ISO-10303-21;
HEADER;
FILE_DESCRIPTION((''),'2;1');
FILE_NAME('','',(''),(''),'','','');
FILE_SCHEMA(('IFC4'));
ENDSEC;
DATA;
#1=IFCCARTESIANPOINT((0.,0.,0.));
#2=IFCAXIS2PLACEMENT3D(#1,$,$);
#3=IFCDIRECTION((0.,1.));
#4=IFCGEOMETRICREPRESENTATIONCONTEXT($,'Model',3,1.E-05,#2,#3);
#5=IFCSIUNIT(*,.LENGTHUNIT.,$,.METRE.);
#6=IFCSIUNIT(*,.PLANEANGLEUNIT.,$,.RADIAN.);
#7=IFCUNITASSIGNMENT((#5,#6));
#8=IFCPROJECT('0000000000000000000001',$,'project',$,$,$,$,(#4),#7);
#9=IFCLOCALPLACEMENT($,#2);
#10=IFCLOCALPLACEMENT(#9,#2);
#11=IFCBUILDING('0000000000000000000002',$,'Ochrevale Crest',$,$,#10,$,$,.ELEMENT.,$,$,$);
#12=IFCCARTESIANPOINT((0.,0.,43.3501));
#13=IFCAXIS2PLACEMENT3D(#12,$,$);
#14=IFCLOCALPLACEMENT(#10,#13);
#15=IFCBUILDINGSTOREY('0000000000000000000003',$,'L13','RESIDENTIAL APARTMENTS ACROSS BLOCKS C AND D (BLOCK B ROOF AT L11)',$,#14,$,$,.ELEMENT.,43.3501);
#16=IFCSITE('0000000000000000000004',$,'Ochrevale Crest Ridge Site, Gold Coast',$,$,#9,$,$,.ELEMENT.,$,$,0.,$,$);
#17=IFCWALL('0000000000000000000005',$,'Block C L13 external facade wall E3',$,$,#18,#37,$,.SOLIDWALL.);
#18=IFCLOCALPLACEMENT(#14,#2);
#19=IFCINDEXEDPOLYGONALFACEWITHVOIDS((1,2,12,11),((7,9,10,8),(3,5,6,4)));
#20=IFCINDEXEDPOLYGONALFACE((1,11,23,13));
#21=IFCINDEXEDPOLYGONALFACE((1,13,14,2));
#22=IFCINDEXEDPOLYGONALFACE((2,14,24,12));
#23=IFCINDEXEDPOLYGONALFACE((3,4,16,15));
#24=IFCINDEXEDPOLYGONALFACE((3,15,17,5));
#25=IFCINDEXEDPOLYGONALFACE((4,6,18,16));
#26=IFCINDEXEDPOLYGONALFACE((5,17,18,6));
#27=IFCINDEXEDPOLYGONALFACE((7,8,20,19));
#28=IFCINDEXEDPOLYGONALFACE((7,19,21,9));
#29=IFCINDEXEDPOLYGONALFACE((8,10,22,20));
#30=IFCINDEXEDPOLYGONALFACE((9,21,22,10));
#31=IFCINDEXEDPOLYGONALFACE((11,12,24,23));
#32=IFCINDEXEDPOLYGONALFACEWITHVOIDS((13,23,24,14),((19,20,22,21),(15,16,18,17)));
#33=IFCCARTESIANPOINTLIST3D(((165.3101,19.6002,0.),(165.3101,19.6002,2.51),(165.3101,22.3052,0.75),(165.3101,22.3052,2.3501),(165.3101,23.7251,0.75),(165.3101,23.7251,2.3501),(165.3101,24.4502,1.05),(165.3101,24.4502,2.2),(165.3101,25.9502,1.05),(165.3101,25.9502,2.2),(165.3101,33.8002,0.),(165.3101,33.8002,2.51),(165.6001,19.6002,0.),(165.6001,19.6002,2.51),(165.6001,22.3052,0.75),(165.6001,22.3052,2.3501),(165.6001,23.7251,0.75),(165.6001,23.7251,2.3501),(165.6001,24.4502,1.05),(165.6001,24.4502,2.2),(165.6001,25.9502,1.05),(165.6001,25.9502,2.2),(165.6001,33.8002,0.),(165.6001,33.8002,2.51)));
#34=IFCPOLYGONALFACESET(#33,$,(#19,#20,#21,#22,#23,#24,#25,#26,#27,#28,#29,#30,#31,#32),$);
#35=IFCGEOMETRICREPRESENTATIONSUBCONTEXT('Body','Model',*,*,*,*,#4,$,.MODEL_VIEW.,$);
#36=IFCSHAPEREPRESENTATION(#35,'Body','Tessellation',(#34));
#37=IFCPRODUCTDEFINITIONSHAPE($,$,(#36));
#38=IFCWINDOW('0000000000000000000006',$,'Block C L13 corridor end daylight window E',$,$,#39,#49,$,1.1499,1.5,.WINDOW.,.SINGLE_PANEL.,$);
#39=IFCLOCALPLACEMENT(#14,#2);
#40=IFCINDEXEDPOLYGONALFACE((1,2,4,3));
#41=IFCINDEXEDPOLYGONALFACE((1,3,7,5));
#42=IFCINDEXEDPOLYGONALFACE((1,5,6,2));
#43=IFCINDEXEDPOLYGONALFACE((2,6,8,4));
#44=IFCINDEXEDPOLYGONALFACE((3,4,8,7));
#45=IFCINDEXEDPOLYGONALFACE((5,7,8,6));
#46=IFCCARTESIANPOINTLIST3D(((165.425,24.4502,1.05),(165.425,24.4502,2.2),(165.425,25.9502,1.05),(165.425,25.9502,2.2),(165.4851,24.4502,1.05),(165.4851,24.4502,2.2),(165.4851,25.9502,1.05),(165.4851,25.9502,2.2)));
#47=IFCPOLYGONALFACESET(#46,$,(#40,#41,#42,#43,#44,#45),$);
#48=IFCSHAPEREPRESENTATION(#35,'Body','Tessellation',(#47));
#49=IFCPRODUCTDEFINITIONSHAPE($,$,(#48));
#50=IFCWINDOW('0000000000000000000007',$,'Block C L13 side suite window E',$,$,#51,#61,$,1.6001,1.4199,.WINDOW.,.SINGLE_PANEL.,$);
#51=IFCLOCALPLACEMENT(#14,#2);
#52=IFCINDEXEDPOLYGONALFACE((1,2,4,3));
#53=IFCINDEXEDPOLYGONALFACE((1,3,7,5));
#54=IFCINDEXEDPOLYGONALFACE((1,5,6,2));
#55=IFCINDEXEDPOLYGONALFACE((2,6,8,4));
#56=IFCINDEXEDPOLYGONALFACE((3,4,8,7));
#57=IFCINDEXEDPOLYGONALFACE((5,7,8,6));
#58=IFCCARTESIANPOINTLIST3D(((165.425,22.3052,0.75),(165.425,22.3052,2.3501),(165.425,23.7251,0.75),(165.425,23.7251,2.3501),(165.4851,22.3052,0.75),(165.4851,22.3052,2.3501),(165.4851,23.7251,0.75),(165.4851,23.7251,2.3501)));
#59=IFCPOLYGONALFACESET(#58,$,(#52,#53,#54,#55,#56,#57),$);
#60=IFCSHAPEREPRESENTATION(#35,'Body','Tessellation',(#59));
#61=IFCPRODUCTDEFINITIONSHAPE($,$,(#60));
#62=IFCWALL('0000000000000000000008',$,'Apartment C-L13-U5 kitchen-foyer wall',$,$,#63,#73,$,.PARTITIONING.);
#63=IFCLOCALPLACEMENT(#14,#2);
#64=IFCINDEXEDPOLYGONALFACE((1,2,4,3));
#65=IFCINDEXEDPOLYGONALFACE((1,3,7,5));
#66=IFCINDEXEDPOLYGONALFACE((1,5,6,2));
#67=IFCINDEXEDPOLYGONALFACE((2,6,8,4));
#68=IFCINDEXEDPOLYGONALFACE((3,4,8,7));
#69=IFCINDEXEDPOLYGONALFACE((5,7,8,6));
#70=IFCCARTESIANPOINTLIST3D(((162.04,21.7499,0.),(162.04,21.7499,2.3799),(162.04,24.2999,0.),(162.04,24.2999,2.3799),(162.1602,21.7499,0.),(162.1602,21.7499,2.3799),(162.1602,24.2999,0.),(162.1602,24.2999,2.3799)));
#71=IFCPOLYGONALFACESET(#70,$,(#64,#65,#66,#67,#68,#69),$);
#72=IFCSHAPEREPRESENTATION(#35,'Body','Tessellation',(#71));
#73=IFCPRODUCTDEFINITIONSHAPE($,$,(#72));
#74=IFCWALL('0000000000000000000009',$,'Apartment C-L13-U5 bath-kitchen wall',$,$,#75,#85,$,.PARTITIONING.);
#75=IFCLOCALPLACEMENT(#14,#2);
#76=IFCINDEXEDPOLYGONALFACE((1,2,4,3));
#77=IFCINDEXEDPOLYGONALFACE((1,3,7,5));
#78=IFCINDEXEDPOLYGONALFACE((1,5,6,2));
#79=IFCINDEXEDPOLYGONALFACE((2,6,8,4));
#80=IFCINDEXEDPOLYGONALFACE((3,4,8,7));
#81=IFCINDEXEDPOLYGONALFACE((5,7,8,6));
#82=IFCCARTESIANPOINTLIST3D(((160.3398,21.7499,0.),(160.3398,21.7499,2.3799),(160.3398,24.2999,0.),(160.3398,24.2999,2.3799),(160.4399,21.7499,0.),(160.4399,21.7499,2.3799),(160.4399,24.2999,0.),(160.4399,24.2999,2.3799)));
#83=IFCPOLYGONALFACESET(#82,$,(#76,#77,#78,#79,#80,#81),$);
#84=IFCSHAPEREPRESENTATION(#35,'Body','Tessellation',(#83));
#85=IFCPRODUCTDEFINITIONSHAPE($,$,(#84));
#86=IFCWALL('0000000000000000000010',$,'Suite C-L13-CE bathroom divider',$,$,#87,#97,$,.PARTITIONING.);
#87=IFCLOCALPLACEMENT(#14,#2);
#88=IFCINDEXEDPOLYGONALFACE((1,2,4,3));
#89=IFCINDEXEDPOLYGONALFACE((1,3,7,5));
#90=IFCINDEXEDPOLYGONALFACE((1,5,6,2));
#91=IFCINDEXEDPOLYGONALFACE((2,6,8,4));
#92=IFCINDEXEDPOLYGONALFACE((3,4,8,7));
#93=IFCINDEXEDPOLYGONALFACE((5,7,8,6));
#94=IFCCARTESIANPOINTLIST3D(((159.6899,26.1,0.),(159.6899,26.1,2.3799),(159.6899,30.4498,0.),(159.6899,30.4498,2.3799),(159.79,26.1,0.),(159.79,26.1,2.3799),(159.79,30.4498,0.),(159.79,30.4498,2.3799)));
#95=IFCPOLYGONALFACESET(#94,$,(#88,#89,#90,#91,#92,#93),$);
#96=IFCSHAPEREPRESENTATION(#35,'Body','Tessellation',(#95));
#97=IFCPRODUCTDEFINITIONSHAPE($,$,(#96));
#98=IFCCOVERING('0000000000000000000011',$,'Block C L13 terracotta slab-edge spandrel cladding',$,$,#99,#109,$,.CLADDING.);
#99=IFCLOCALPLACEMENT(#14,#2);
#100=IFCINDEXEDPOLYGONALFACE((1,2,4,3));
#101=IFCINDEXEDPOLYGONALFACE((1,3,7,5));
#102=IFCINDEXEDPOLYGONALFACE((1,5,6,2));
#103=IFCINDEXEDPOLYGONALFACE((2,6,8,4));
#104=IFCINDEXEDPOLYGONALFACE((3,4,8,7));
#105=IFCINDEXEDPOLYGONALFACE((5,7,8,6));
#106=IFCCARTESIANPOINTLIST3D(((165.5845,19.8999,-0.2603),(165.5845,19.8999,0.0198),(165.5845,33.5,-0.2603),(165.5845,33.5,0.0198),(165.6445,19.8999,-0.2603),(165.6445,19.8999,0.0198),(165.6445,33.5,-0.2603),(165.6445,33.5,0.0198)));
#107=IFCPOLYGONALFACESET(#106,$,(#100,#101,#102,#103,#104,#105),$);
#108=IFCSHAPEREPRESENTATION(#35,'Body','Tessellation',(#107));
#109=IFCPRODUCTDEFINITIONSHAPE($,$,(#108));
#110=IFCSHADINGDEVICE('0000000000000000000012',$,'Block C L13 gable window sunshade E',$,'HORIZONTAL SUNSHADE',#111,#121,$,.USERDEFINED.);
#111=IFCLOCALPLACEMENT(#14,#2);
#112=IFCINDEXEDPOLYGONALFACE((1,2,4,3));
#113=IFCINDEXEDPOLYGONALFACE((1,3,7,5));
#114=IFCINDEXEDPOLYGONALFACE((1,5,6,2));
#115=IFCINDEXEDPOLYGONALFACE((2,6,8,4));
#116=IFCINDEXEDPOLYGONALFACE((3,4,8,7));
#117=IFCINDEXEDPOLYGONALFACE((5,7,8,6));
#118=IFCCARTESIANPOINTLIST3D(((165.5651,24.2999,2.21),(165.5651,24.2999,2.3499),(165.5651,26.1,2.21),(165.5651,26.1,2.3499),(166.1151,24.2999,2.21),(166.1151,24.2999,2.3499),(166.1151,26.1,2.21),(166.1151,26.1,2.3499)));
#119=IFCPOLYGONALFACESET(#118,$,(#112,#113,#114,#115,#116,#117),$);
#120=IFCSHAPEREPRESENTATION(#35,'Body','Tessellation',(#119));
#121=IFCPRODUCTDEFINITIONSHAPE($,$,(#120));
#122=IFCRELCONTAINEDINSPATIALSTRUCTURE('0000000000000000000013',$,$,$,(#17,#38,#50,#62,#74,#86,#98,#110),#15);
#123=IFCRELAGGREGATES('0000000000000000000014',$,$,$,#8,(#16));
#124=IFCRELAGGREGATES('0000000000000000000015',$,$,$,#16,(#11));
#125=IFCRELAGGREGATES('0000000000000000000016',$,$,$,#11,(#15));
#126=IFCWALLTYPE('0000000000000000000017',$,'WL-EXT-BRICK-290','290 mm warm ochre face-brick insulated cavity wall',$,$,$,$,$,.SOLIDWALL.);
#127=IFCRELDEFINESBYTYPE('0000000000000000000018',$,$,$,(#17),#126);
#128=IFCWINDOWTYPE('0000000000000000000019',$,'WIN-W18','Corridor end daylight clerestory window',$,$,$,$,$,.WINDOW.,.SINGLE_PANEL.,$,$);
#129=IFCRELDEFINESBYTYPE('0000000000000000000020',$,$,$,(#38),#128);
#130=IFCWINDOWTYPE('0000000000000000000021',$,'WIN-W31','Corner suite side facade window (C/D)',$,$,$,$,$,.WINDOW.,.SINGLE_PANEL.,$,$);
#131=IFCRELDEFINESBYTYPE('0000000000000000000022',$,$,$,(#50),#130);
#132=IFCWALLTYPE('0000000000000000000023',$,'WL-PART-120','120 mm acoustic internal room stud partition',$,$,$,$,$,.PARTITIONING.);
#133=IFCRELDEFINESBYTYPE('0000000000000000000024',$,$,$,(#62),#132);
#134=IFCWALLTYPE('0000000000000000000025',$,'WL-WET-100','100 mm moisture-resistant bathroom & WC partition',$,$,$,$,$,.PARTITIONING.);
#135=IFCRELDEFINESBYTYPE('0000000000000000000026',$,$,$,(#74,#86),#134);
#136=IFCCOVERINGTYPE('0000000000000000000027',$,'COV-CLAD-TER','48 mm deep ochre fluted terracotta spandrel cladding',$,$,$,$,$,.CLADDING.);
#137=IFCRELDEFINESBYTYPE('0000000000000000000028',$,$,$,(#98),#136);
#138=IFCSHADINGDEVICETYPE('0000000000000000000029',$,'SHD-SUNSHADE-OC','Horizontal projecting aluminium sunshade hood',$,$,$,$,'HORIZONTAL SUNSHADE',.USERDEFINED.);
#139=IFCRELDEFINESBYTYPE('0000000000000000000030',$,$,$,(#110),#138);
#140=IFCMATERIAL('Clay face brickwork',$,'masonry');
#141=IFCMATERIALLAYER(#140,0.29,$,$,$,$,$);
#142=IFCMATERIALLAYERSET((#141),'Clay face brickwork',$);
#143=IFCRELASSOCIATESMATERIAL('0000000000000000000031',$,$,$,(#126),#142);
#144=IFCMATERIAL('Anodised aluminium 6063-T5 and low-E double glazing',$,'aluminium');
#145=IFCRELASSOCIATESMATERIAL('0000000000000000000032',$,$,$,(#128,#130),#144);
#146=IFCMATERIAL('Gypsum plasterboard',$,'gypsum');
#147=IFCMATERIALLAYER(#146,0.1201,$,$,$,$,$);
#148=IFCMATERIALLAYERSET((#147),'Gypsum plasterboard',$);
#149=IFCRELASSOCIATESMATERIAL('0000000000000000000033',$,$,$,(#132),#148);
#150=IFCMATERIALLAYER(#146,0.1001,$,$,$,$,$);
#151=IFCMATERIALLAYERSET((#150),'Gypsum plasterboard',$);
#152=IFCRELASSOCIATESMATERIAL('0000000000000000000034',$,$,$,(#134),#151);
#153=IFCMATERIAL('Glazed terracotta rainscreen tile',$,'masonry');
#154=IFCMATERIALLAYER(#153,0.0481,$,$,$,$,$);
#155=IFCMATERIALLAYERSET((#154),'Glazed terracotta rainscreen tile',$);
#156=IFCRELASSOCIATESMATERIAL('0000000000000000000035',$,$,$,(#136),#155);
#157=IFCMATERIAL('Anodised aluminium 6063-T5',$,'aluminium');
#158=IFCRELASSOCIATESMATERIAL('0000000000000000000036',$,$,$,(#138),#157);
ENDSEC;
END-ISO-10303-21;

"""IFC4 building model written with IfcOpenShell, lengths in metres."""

from ifc_helpers import new_model, si_unit, direction, frame, frame_2d, origin, origin_2d, place, context, subcontext, project, spatial, rectangle, extrude, material, layer, layer_set, type_object, element, fill, save


model = new_model("IFC4")

# Units and contexts
model_context = context("Model", 3, precision=1e-05, world=origin(), true_north=direction((0.0, 1.0)))
body_context = subcontext(model_context, "Body", "Model", "MODEL_VIEW")
ifc_project = project(units=[si_unit("LENGTHUNIT", "METRE"), si_unit("PLANEANGLEUNIT", "RADIAN")], contexts=[model_context])

# Site, building, storey
site_placement = place(None, origin())
site = spatial("IfcSite", under=ifc_project, at=site_placement, Name="Ochrevale Crest Ridge Site, Gold Coast", CompositionType="ELEMENT", RefElevation=0.0)
building_placement = place(site_placement, origin())
building = spatial("IfcBuilding", under=site, at=building_placement, Name="Ochrevale Crest", CompositionType="ELEMENT")
storey_placement = place(building_placement, frame((0.0, 0.0, 43.3501)))
storey = spatial("IfcBuildingStorey", under=building, at=storey_placement, Name="L13", Description="RESIDENTIAL APARTMENTS ACROSS BLOCKS C AND D (BLOCK B ROOF AT L11)", CompositionType="ELEMENT", Elevation=43.3501)

# Shared definitions
ifc_material_1 = material(Name="Anodised aluminium 6063-T5", Category="aluminium")

# Wall, openings, windows
ifc_material_2 = material(Name="Clay face brickwork", Category="masonry")
ifc_layer_1 = layer(ifc_material_2, 0.29)
ifc_layer_set_1 = layer_set([ifc_layer_1], Name="Clay face brickwork")
wall_type_1 = type_object("IfcWallType", Name="WL-EXT-BRICK-290", Description="290 mm warm ochre face-brick insulated cavity wall", PredefinedType="SOLIDWALL", material=ifc_layer_set_1)
wall_1_placement = place(storey_placement, frame((165.4551, 19.6001, 0.0), z_axis=(0.0, 0.0, 1.0), x_axis=(0.0, 1.0, 0.0)))
wall_1 = element("IfcWall", 1, at=wall_1_placement, inside=storey, type_object=wall_type_1, Name="Block C L13 external facade wall E3", PredefinedType="SOLIDWALL", context=body_context, shape_type="SweptSolid", body=[
    extrude(rectangle(XDim=14.2, YDim=0.29, at=frame_2d((7.1001, 0.0))), origin(), (0.0, 0.0, 1.0), 2.51),
])
opening_1_placement = place(wall_1_placement, frame((4.8501, 0.0, 1.05)))
opening_1 = element("IfcOpeningElement", 2, at=opening_1_placement, cuts=wall_1, PredefinedType="OPENING", context=body_context, shape_type="SweptSolid", body=[
    extrude(rectangle(XDim=1.5, YDim=1.1499, at=frame_2d((0.75, 0.575))), frame((0.0, 0.155, 0.0), z_axis=(0.0, -1.0, 0.0), x_axis=(1.0, 0.0, 0.0)), (0.0, 0.0, 1.0), 0.3101),
])
opening_2_placement = place(wall_1_placement, frame((2.7051, 0.0, 0.75)))
opening_2 = element("IfcOpeningElement", 3, at=opening_2_placement, cuts=wall_1, PredefinedType="OPENING", context=body_context, shape_type="SweptSolid", body=[
    extrude(rectangle(XDim=1.4199, YDim=1.6001, at=frame_2d((0.71, 0.8))), frame((0.0, 0.155, 0.0), z_axis=(0.0, -1.0, 0.0), x_axis=(1.0, 0.0, 0.0)), (0.0, 0.0, 1.0), 0.3101),
])
ifc_material_3 = material(Name="Anodised aluminium 6063-T5 and low-E double glazing", Category="aluminium")
window_type_1 = type_object("IfcWindowType", Name="WIN-W18", Description="Corridor end daylight clerestory window", PartitioningType="SINGLE_PANEL", PredefinedType="WINDOW", material=ifc_material_3)
window_1_placement = place(opening_1_placement, origin())
window_1 = element("IfcWindow", 4, at=window_1_placement, inside=storey, type_object=window_type_1, Name="Block C L13 corridor end daylight window E", OverallHeight=1.1499, OverallWidth=1.5, PartitioningType="SINGLE_PANEL", PredefinedType="WINDOW", context=body_context, shape_type="SweptSolid", body=[
    extrude(rectangle(XDim=1.5, YDim=1.1499, at=frame_2d((0.75, 0.575))), frame((0.0, 0.03, 0.0), z_axis=(0.0, -1.0, 0.0), x_axis=(1.0, 0.0, 0.0)), (0.0, 0.0, 1.0), 0.0601),
])
fill(opening_1, window_1)
window_type_2 = type_object("IfcWindowType", Name="WIN-W31", Description="Corner suite side facade window (C/D)", PartitioningType="SINGLE_PANEL", PredefinedType="WINDOW", material=ifc_material_3)
window_2_placement = place(opening_2_placement, origin())
window_2 = element("IfcWindow", 5, at=window_2_placement, inside=storey, type_object=window_type_2, Name="Block C L13 side suite window E", OverallHeight=1.6001, OverallWidth=1.4199, PartitioningType="SINGLE_PANEL", PredefinedType="WINDOW", context=body_context, shape_type="SweptSolid", body=[
    extrude(rectangle(XDim=1.4199, YDim=1.6001, at=frame_2d((0.71, 0.8))), frame((0.0, 0.03, 0.0), z_axis=(0.0, -1.0, 0.0), x_axis=(1.0, 0.0, 0.0)), (0.0, 0.0, 1.0), 0.0601),
])
fill(opening_2, window_2)

# Walls
ifc_material_4 = material(Name="Gypsum plasterboard", Category="gypsum")
ifc_layer_2 = layer(ifc_material_4, 0.1201)
ifc_layer_set_2 = layer_set([ifc_layer_2], Name="Gypsum plasterboard")
wall_type_2 = type_object("IfcWallType", Name="WL-PART-120", Description="120 mm acoustic internal room stud partition", PredefinedType="PARTITIONING", material=ifc_layer_set_2)
wall_2_placement = place(storey_placement, frame((162.1001, 21.75, 0.0), z_axis=(0.0, 0.0, 1.0), x_axis=(0.0, 1.0, 0.0)))
element("IfcWall", 6, at=wall_2_placement, inside=storey, type_object=wall_type_2, Name="Apartment C-L13-U5 kitchen-foyer wall", PredefinedType="PARTITIONING", context=body_context, shape_type="SweptSolid", body=[
    extrude(rectangle(XDim=2.55, YDim=0.1201, at=frame_2d((1.2749, 0.0))), origin(), (0.0, 0.0, 1.0), 2.3799),
])
ifc_layer_3 = layer(ifc_material_4, 0.1001)
ifc_layer_set_3 = layer_set([ifc_layer_3], Name="Gypsum plasterboard")
wall_type_3 = type_object("IfcWallType", Name="WL-WET-100", Description="100 mm moisture-resistant bathroom & WC partition", PredefinedType="PARTITIONING", material=ifc_layer_set_3)
wall_3_placement = place(storey_placement, frame((160.3899, 21.75, 0.0), z_axis=(0.0, 0.0, 1.0), x_axis=(0.0, 1.0, 0.0)))
element("IfcWall", 7, at=wall_3_placement, inside=storey, type_object=wall_type_3, Name="Apartment C-L13-U5 bath-kitchen wall", PredefinedType="PARTITIONING", context=body_context, shape_type="SweptSolid", body=[
    extrude(rectangle(XDim=2.55, YDim=0.1001, at=frame_2d((1.2749, 0.0))), origin(), (0.0, 0.0, 1.0), 2.3799),
])
wall_4_placement = place(storey_placement, frame((159.74, 26.1001, 0.0), z_axis=(0.0, 0.0, 1.0), x_axis=(0.0, 1.0, 0.0)))
element("IfcWall", 8, at=wall_4_placement, inside=storey, type_object=wall_type_3, Name="Suite C-L13-CE bathroom divider", PredefinedType="PARTITIONING", context=body_context, shape_type="SweptSolid", body=[
    extrude(rectangle(XDim=4.3499, YDim=0.1001, at=frame_2d((2.1748, 0.0))), origin(), (0.0, 0.0, 1.0), 2.3799),
])

# Covering
ifc_material_5 = material(Name="Glazed terracotta rainscreen tile", Category="masonry")
ifc_layer_4 = layer(ifc_material_5, 0.0481)
ifc_layer_set_4 = layer_set([ifc_layer_4], Name="Glazed terracotta rainscreen tile")
covering_type = type_object("IfcCoveringType", Name="COV-CLAD-TER", Description="48 mm deep ochre fluted terracotta spandrel cladding", PredefinedType="CLADDING", material=ifc_layer_set_4)
covering_placement = place(storey_placement, frame((165.6145, 26.7, -0.2603), z_axis=(0.0, 0.0, 1.0), x_axis=(0.0, 1.0, 0.0)))
element("IfcCovering", 9, at=covering_placement, inside=storey, type_object=covering_type, Name="Block C L13 terracotta slab-edge spandrel cladding", PredefinedType="CLADDING", context=body_context, shape_type="SweptSolid", body=[
    extrude(rectangle(XDim=13.6001, YDim=0.0601, at=origin_2d()), origin(), (0.0, 0.0, 1.0), 0.28),
])

# Shading device
shading_device_type = type_object("IfcShadingDeviceType", Name="SHD-SUNSHADE-OC", Description="Horizontal projecting aluminium sunshade hood", ElementType="HORIZONTAL SUNSHADE", PredefinedType="USERDEFINED", material=ifc_material_1)
shading_device_placement = place(storey_placement, frame((165.8401, 25.2, 2.21), z_axis=(0.0, 0.0, 1.0), x_axis=(1.0, 0.0, 0.0)))
element("IfcShadingDevice", 10, at=shading_device_placement, inside=storey, type_object=shading_device_type, Name="Block C L13 gable window sunshade E", ObjectType="HORIZONTAL SUNSHADE", PredefinedType="USERDEFINED", context=body_context, shape_type="SweptSolid", body=[
    extrude(rectangle(XDim=0.55, YDim=1.8, at=origin_2d()), origin(), (0.0, 0.0, 1.0), 0.1399),
])

save(model, "model.ifc")
